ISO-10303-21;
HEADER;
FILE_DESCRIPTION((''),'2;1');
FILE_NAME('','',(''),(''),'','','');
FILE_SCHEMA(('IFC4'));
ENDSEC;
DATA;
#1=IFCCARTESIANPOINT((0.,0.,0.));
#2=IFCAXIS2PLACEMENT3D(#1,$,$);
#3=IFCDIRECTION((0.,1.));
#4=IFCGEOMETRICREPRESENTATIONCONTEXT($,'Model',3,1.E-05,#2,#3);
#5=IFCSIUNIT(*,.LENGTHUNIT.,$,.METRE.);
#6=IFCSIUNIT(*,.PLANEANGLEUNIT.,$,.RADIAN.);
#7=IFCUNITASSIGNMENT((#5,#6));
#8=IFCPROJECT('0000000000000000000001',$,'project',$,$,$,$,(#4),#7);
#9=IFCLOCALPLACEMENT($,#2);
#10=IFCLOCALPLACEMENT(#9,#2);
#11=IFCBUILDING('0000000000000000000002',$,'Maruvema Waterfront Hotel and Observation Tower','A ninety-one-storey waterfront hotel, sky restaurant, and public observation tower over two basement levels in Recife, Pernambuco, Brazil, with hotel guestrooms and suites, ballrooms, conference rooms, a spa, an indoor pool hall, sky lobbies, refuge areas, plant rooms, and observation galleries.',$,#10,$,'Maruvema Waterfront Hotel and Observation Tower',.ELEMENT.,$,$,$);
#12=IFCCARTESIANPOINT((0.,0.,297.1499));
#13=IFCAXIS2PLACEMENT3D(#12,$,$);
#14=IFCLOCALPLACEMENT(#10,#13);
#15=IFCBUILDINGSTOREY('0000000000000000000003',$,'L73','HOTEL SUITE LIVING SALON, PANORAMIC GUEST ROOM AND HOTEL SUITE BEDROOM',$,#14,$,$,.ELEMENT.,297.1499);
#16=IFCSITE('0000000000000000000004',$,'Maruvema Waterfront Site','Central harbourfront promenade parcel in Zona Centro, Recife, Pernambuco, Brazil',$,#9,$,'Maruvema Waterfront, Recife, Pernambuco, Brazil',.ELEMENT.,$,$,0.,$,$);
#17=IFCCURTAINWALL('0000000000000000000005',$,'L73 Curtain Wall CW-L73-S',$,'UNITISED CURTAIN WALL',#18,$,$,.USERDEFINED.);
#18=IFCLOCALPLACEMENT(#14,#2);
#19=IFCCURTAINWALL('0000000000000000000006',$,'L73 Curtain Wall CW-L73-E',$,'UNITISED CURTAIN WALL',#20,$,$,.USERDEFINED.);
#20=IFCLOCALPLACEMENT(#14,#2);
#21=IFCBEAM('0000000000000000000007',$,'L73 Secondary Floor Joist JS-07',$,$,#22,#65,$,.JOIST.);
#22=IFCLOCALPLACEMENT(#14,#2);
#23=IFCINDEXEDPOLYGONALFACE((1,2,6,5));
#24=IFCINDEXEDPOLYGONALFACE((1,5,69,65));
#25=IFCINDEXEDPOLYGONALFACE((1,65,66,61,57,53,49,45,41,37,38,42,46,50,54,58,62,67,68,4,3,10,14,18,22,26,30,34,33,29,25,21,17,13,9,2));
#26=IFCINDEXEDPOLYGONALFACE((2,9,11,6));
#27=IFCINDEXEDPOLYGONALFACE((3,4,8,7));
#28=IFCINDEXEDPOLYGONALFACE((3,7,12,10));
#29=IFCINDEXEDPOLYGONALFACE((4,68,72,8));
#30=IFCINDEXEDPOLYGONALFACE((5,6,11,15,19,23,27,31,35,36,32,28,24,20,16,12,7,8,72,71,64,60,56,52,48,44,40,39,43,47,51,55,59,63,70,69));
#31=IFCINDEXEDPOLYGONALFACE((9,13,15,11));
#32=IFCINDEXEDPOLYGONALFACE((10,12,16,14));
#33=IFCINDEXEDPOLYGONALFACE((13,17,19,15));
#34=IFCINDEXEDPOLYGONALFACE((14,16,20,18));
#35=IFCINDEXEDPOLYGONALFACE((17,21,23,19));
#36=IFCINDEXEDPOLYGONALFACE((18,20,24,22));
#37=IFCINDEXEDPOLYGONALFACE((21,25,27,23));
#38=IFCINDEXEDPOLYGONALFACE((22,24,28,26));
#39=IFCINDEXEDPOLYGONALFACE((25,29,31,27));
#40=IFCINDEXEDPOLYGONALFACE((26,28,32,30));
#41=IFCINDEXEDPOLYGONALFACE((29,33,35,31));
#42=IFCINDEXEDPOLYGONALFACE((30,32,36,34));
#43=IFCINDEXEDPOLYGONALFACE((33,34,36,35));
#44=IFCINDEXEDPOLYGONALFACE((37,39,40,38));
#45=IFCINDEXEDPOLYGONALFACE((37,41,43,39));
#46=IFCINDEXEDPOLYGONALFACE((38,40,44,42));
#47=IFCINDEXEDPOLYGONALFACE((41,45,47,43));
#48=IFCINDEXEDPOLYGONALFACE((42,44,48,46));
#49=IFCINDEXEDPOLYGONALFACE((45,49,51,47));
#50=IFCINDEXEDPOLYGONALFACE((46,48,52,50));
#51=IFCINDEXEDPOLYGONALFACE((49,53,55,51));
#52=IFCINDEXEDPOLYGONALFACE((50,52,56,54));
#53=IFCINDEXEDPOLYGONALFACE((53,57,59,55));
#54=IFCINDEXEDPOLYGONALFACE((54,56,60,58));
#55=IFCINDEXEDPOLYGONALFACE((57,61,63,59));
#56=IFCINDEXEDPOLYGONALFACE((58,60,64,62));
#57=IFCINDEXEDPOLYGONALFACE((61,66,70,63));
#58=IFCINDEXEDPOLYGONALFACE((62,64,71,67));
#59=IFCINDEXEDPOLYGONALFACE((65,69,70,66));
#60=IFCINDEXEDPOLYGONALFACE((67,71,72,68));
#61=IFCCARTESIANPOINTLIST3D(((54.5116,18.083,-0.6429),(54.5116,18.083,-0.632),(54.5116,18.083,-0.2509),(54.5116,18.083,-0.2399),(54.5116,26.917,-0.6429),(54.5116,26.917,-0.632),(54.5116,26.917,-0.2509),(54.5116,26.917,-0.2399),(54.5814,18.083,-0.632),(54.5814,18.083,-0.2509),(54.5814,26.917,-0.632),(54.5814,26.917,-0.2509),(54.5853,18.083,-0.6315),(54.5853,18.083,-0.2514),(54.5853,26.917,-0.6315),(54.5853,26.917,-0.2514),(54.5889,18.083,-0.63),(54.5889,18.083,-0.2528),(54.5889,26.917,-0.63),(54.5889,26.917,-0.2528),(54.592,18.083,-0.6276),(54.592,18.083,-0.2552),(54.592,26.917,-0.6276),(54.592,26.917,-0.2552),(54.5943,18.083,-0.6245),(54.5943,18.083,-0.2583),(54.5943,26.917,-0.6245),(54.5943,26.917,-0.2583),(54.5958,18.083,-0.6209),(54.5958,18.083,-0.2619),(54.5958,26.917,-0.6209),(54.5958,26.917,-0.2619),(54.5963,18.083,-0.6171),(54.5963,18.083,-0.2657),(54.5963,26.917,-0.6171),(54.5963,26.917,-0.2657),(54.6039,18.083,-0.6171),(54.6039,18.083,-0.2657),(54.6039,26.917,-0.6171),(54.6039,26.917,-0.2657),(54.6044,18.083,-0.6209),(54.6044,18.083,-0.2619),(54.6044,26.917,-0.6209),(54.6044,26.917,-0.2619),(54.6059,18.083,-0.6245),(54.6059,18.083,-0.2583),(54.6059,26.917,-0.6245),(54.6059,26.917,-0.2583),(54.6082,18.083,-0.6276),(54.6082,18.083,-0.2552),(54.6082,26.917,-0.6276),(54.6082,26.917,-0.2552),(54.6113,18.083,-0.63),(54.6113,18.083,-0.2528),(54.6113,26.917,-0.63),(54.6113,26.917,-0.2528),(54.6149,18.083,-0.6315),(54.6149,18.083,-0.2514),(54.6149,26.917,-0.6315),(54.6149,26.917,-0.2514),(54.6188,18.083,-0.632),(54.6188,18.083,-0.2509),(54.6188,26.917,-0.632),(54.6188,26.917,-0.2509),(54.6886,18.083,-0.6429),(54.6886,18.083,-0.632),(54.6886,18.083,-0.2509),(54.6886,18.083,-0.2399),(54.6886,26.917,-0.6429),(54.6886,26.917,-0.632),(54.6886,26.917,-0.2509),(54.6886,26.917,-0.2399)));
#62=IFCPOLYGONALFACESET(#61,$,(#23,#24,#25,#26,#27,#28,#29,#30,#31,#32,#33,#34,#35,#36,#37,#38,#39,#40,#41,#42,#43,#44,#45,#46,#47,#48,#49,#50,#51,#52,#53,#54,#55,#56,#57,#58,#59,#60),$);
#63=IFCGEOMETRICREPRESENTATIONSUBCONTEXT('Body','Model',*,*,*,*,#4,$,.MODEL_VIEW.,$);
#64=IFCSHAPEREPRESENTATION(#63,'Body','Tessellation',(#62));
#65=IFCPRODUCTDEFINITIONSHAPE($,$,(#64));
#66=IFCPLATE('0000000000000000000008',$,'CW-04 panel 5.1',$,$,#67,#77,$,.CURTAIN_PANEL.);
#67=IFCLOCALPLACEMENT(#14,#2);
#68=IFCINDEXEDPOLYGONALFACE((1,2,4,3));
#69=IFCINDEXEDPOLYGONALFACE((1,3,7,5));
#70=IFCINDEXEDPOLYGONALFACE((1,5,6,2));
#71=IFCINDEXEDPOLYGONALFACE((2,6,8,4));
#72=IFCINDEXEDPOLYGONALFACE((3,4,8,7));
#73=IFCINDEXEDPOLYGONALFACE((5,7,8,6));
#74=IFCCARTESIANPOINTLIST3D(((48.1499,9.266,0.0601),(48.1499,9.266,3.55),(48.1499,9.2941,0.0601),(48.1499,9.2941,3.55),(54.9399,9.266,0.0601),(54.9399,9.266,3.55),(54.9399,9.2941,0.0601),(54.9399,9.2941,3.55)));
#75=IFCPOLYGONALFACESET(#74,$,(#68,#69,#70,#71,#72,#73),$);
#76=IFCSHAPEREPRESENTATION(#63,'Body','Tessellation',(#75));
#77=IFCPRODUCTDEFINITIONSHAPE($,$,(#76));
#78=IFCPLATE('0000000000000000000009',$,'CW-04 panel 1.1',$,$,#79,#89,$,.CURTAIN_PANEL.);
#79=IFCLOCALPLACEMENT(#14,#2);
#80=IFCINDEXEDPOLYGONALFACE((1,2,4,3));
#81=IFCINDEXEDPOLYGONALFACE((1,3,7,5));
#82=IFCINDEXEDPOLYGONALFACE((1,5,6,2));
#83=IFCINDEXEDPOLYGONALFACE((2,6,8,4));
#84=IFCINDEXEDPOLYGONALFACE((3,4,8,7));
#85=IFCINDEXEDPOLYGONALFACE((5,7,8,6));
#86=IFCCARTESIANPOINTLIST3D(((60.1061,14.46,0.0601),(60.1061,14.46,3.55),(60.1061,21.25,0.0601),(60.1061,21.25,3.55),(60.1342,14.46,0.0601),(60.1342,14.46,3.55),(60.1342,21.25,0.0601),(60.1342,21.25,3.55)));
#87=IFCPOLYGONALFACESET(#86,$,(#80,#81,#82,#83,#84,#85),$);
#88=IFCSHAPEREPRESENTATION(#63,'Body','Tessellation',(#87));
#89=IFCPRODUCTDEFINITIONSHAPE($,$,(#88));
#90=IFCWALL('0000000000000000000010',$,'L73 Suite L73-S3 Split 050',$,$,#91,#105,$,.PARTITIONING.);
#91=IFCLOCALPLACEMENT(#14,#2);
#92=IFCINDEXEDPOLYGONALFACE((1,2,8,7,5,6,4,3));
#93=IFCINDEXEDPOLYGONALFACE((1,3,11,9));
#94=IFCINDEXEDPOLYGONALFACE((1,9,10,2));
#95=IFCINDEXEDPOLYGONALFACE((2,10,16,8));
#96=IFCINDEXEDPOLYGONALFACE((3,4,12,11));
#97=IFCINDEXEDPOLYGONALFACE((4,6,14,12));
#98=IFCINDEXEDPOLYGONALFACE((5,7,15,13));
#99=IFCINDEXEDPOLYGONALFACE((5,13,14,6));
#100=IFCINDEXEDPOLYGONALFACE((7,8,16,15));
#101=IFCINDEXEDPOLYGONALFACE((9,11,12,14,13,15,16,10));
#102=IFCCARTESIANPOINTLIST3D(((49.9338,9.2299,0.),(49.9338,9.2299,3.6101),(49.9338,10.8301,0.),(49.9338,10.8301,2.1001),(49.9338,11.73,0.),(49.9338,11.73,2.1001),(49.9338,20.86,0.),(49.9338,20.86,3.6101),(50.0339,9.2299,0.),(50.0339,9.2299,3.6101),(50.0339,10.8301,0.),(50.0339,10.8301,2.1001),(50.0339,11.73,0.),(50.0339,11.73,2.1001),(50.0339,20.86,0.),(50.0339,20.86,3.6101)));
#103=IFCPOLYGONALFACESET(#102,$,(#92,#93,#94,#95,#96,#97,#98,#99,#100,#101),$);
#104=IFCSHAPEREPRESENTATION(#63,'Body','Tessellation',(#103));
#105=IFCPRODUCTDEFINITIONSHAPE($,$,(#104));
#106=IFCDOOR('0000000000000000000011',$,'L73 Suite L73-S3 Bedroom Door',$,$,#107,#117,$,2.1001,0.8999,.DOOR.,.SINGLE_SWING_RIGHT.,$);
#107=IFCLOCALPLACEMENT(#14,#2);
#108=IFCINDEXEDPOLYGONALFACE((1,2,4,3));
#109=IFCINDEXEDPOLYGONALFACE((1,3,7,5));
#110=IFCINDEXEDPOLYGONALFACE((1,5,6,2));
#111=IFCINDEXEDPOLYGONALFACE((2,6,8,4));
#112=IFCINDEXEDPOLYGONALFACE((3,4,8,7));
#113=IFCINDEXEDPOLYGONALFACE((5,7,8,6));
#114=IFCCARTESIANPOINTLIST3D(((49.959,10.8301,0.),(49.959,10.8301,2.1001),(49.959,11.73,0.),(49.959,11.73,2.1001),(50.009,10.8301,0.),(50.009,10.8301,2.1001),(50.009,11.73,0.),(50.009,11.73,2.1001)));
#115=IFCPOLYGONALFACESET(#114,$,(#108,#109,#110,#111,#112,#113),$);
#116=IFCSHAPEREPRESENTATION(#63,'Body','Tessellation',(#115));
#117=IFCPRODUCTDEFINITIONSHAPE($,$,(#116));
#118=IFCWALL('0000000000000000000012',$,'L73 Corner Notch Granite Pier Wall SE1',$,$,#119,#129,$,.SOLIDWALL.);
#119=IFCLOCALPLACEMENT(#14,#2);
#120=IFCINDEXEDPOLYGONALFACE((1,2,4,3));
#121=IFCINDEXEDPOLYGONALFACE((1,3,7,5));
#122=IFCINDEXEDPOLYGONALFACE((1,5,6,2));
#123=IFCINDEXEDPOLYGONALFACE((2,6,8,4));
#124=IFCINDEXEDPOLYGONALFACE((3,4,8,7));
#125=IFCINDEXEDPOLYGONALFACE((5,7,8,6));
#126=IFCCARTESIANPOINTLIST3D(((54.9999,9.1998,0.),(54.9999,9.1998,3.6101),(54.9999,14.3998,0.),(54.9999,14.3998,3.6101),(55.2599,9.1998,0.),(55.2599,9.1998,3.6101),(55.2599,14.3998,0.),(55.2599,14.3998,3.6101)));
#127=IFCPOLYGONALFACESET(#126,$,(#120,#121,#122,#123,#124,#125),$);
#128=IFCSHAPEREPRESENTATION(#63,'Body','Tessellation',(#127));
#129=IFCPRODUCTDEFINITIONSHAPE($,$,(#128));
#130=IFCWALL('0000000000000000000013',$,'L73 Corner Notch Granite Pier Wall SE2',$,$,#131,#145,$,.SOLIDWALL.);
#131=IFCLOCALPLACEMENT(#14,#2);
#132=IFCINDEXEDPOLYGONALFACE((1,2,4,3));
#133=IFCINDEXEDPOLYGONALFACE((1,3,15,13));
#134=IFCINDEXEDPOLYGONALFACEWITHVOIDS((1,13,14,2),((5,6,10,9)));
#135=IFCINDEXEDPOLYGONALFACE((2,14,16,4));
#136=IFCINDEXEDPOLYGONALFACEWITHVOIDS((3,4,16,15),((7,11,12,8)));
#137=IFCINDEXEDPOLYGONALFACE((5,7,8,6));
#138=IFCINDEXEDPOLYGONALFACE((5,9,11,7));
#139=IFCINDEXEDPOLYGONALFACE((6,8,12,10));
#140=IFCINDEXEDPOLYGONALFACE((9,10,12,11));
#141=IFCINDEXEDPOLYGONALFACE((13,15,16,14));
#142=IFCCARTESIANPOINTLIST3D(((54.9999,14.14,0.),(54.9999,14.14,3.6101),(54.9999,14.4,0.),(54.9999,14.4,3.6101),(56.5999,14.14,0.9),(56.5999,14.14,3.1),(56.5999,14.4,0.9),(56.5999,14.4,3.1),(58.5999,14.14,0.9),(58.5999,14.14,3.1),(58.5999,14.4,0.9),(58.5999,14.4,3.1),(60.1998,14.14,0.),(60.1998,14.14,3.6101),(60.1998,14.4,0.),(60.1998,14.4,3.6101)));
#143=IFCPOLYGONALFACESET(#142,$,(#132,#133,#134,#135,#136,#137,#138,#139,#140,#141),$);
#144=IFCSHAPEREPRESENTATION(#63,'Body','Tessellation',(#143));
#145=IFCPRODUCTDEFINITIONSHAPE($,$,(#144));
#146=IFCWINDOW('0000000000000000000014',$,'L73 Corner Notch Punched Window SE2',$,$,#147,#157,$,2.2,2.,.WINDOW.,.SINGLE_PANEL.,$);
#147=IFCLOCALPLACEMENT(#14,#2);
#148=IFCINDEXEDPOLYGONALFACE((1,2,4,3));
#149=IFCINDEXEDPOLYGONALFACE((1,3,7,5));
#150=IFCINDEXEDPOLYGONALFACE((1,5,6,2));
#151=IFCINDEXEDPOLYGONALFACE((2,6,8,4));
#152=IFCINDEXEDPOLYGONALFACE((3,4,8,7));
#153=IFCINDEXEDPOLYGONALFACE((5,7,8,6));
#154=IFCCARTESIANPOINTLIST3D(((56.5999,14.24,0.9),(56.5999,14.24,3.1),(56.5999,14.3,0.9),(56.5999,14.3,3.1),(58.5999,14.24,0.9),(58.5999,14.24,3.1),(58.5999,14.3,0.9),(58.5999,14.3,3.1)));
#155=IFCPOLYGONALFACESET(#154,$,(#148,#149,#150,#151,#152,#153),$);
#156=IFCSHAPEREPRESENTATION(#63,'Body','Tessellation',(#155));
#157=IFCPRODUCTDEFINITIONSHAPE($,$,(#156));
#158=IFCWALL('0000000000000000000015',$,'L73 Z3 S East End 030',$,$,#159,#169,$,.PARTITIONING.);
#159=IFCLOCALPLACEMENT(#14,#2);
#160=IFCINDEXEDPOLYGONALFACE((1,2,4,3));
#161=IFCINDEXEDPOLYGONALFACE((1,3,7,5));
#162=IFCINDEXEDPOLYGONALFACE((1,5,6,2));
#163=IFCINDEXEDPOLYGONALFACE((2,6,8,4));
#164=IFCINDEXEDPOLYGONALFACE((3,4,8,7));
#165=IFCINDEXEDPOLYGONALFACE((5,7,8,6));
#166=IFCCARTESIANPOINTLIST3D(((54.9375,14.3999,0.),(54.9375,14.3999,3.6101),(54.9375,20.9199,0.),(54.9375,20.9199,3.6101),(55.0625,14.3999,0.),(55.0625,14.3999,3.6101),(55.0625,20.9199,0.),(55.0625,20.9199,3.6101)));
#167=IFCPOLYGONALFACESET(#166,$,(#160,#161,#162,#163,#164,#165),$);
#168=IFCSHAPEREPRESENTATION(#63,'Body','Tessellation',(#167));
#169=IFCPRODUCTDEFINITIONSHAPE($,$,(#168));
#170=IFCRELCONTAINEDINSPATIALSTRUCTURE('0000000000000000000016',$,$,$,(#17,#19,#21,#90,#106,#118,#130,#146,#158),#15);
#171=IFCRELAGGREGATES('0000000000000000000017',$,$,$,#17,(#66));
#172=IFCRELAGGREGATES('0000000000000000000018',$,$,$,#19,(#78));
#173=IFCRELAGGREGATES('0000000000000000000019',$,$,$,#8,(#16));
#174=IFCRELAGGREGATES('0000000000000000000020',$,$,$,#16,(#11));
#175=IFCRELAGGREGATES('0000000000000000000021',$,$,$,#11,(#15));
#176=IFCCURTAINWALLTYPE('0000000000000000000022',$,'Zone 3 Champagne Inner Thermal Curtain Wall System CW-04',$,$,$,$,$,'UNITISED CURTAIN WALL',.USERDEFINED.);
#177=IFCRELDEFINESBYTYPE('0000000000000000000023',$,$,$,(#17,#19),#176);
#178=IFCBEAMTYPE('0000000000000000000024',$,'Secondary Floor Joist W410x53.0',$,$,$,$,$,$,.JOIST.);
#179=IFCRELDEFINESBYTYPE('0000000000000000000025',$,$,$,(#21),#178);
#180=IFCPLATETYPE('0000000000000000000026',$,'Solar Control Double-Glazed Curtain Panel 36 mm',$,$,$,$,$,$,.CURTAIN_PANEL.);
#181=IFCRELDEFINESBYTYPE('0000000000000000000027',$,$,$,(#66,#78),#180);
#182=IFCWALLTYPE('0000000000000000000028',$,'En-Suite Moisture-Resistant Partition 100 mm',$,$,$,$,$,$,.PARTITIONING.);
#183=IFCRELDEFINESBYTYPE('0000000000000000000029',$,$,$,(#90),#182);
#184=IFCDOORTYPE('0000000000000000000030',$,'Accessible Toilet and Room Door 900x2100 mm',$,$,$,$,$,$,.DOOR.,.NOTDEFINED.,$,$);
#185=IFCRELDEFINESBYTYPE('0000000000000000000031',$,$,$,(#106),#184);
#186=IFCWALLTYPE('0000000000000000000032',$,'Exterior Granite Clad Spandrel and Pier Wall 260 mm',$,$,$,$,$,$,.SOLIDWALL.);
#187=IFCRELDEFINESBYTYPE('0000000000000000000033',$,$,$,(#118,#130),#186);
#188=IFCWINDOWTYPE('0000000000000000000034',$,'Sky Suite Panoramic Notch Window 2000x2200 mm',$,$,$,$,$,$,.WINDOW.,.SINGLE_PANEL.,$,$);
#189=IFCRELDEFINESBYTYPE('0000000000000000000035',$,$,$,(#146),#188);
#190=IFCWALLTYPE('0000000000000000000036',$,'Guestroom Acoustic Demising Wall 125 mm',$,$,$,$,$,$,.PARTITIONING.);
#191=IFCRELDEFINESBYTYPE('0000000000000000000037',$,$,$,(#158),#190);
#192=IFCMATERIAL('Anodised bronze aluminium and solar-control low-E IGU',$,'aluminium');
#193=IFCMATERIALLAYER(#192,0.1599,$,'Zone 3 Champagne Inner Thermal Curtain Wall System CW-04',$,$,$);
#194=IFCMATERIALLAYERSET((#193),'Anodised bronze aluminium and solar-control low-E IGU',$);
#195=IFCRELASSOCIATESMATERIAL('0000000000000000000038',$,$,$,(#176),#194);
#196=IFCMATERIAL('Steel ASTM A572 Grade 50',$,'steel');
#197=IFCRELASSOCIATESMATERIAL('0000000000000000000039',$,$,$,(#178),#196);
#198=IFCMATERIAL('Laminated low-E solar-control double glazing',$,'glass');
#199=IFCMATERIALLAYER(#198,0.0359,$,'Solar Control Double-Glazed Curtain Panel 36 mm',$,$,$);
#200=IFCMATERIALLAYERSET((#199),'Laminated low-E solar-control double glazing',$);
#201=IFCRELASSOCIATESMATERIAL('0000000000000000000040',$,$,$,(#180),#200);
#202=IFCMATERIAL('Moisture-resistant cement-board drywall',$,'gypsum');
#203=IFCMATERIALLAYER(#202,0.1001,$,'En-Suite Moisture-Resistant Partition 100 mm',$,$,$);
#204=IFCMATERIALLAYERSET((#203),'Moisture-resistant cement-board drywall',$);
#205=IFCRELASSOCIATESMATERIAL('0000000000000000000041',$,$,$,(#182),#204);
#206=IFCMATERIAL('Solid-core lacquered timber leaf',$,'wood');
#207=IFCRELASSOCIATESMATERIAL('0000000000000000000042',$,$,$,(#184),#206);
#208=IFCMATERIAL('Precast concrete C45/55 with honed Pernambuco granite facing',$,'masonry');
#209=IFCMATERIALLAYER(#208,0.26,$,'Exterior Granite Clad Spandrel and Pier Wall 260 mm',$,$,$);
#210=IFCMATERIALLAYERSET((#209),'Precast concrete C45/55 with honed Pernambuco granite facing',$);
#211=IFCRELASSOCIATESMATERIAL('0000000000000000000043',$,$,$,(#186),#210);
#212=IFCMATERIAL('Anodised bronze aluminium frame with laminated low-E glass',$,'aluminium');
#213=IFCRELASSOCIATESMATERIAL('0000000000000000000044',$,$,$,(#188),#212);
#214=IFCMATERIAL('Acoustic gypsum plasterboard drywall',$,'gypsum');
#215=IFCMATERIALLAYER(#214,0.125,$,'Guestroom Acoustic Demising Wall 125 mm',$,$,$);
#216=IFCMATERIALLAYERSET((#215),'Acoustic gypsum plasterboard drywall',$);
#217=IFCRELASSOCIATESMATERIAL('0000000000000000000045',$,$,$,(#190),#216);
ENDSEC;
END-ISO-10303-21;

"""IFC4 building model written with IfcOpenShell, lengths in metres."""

from ifc_helpers import new_model, si_unit, direction, frame, frame_2d, origin, origin_2d, place, context, subcontext, project, spatial, rectangle, i_section, extrude, material, layer, layer_set, material_profile, profile_set, type_object, element, fill, aggregate, save


model = new_model("IFC4")

# Units and contexts
model_context = context("Model", 3, precision=1e-05, world=origin(), true_north=direction((0.0, 1.0)))
body_context = subcontext(model_context, "Body", "Model", "MODEL_VIEW")
ifc_project = project(units=[si_unit("LENGTHUNIT", "METRE"), si_unit("PLANEANGLEUNIT", "RADIAN")], contexts=[model_context])

# Site, building, storey
site_placement = place(None, origin())
site = spatial("IfcSite", under=ifc_project, at=site_placement, Name="Maruvema Waterfront Site", Description="Central harbourfront promenade parcel in Zona Centro, Recife, Pernambuco, Brazil", LongName="Maruvema Waterfront, Recife, Pernambuco, Brazil", CompositionType="ELEMENT", RefElevation=0.0)
building_placement = place(site_placement, origin())
building = spatial("IfcBuilding", under=site, at=building_placement, Name="Maruvema Waterfront Hotel and Observation Tower", Description="A ninety-one-storey waterfront hotel, sky restaurant, and public observation tower over two basement levels in Recife, Pernambuco, Brazil, with hotel guestrooms and suites, ballrooms, conference rooms, a spa, an indoor pool hall, sky lobbies, refuge areas, plant rooms, and observation galleries.", LongName="Maruvema Waterfront Hotel and Observation Tower", CompositionType="ELEMENT")
storey_placement = place(building_placement, frame((0.0, 0.0, 297.1499)))
storey = spatial("IfcBuildingStorey", under=building, at=storey_placement, Name="L73", Description="HOTEL SUITE LIVING SALON, PANORAMIC GUEST ROOM AND HOTEL SUITE BEDROOM", CompositionType="ELEMENT", Elevation=297.1499)

# Curtain walls
ifc_material_1 = material(Name="Anodised bronze aluminium and solar-control low-E IGU", Category="aluminium")
ifc_layer_1 = layer(ifc_material_1, 0.1599, Name="Zone 3 Champagne Inner Thermal Curtain Wall System CW-04")
ifc_layer_set_1 = layer_set([ifc_layer_1], Name="Anodised bronze aluminium and solar-control low-E IGU")
curtain_wall_type = type_object("IfcCurtainWallType", Name="Zone 3 Champagne Inner Thermal Curtain Wall System CW-04", ElementType="UNITISED CURTAIN WALL", PredefinedType="USERDEFINED", material=ifc_layer_set_1)
curtain_wall_1_placement = place(storey_placement, origin())
curtain_wall_1 = element("IfcCurtainWall", 1, at=curtain_wall_1_placement, inside=storey, type_object=curtain_wall_type, Name="L73 Curtain Wall CW-L73-S", ObjectType="UNITISED CURTAIN WALL", PredefinedType="USERDEFINED")
curtain_wall_2_placement = place(storey_placement, origin())
curtain_wall_2 = element("IfcCurtainWall", 2, at=curtain_wall_2_placement, inside=storey, type_object=curtain_wall_type, Name="L73 Curtain Wall CW-L73-E", ObjectType="UNITISED CURTAIN WALL", PredefinedType="USERDEFINED")

# Beam
ifc_material_2 = material(Name="Steel ASTM A572 Grade 50", Category="steel")
ifc_material_profile_1 = material_profile(ifc_material_2, i_section(OverallWidth=0.177, OverallDepth=0.4031, WebThickness=0.0076, FlangeThickness=0.011, FilletRadius=0.0149, at=origin_2d()), Name="W410x53.0")
ifc_profile_set_1 = profile_set([ifc_material_profile_1], Name="Steel ASTM A572 Grade 50")
beam_type_1 = type_object("IfcBeamType", Name="Secondary Floor Joist W410x53.0", PredefinedType="JOIST", material=ifc_profile_set_1)
beam_1_placement = place(storey_placement, frame((54.6001, 18.083, -0.4414), z_axis=(0.0, 1.0, 0.0), x_axis=(-1.0, 0.0, 0.0)))
element("IfcBeam", 3, at=beam_1_placement, inside=storey, type_object=beam_type_1, Name="L73 Secondary Floor Joist JS-07", PredefinedType="JOIST", context=body_context, shape_type="SweptSolid", body=[
    extrude(i_section(OverallWidth=0.177, OverallDepth=0.4031, WebThickness=0.0076, FlangeThickness=0.011, FilletRadius=0.0149, at=origin_2d()), origin(), (0.0, 0.0, 1.0), 8.834),
])

# Plates
ifc_material_3 = material(Name="Laminated low-E solar-control double glazing", Category="glass")
ifc_layer_2 = layer(ifc_material_3, 0.0359, Name="Solar Control Double-Glazed Curtain Panel 36 mm")
ifc_layer_set_2 = layer_set([ifc_layer_2], Name="Laminated low-E solar-control double glazing")
plate_type = type_object("IfcPlateType", Name="Solar Control Double-Glazed Curtain Panel 36 mm", PredefinedType="CURTAIN_PANEL", material=ifc_layer_set_2)
plate_1_placement = place(storey_placement, frame((51.5449, 9.28, 0.0601), z_axis=(0.0, 0.0, 1.0), x_axis=(1.0, 0.0, 0.0)))
plate_1 = element("IfcPlate", 4, at=plate_1_placement, type_object=plate_type, Name="CW-04 panel 5.1", PredefinedType="CURTAIN_PANEL", context=body_context, shape_type="SweptSolid", body=[
    extrude(rectangle(XDim=6.79, YDim=0.0281, at=origin_2d()), origin(), (0.0, 0.0, 1.0), 3.49),
])
aggregate(curtain_wall_1, [plate_1])
plate_2_placement = place(storey_placement, frame((60.1201, 17.855, 0.0601), z_axis=(0.0, 0.0, 1.0), x_axis=(0.0, 1.0, 0.0)))
plate_2 = element("IfcPlate", 5, at=plate_2_placement, type_object=plate_type, Name="CW-04 panel 1.1", PredefinedType="CURTAIN_PANEL", context=body_context, shape_type="SweptSolid", body=[
    extrude(rectangle(XDim=6.79, YDim=0.0281, at=origin_2d()), origin(), (0.0, 0.0, 1.0), 3.49),
])
aggregate(curtain_wall_2, [plate_2])

# Wall, opening, door
ifc_material_4 = material(Name="Moisture-resistant cement-board drywall", Category="gypsum")
ifc_layer_3 = layer(ifc_material_4, 0.1001, Name="En-Suite Moisture-Resistant Partition 100 mm")
ifc_layer_set_3 = layer_set([ifc_layer_3], Name="Moisture-resistant cement-board drywall")
wall_type_1 = type_object("IfcWallType", Name="En-Suite Moisture-Resistant Partition 100 mm", PredefinedType="PARTITIONING", material=ifc_layer_set_3)
wall_1_placement = place(storey_placement, frame((49.9839, 9.23, 0.0), z_axis=(0.0, 0.0, 1.0), x_axis=(0.0, 1.0, 0.0)))
wall_1 = element("IfcWall", 6, at=wall_1_placement, inside=storey, type_object=wall_type_1, Name="L73 Suite L73-S3 Split 050", PredefinedType="PARTITIONING", context=body_context, shape_type="SweptSolid", body=[
    extrude(rectangle(XDim=11.6301, YDim=0.1001, at=frame_2d((5.8149, 0.0))), origin(), (0.0, 0.0, 1.0), 3.6101),
])
opening_1_placement = place(wall_1_placement, frame((1.6001, 0.0, 0.0)))
opening_1 = element("IfcOpeningElement", 7, at=opening_1_placement, cuts=wall_1, PredefinedType="OPENING", context=body_context, shape_type="SweptSolid", body=[
    extrude(rectangle(XDim=0.8999, YDim=2.1001, at=frame_2d((0.45, 1.05))), frame((0.0, 0.0601, 0.0), z_axis=(0.0, -1.0, 0.0), x_axis=(1.0, 0.0, 0.0)), (0.0, 0.0, 1.0), 0.1201),
])
ifc_material_5 = material(Name="Solid-core lacquered timber leaf", Category="wood")
door_type = type_object("IfcDoorType", Name="Accessible Toilet and Room Door 900x2100 mm", OperationType="NOTDEFINED", PredefinedType="DOOR", material=ifc_material_5)
door_placement = place(opening_1_placement, origin())
door = element("IfcDoor", 8, at=door_placement, inside=storey, type_object=door_type, Name="L73 Suite L73-S3 Bedroom Door", OperationType="SINGLE_SWING_RIGHT", OverallHeight=2.1001, OverallWidth=0.8999, PredefinedType="DOOR", context=body_context, shape_type="SweptSolid", body=[
    extrude(rectangle(XDim=0.8999, YDim=2.1001, at=frame_2d((0.45, 1.05))), frame((0.0, 0.0249, 0.0), z_axis=(0.0, -1.0, 0.0), x_axis=(1.0, 0.0, 0.0)), (0.0, 0.0, 1.0), 0.05),
])
fill(opening_1, door)

# Wall
ifc_material_6 = material(Name="Precast concrete C45/55 with honed Pernambuco granite facing", Category="masonry")
ifc_layer_4 = layer(ifc_material_6, 0.26, Name="Exterior Granite Clad Spandrel and Pier Wall 260 mm")
ifc_layer_set_4 = layer_set([ifc_layer_4], Name="Precast concrete C45/55 with honed Pernambuco granite facing")
wall_type_2 = type_object("IfcWallType", Name="Exterior Granite Clad Spandrel and Pier Wall 260 mm", PredefinedType="SOLIDWALL", material=ifc_layer_set_4)
wall_2_placement = place(storey_placement, frame((55.1299, 14.3999, 0.0), z_axis=(0.0, 0.0, 1.0), x_axis=(0.0, -1.0, 0.0)))
element("IfcWall", 9, at=wall_2_placement, inside=storey, type_object=wall_type_2, Name="L73 Corner Notch Granite Pier Wall SE1", PredefinedType="SOLIDWALL", context=body_context, shape_type="SweptSolid", body=[
    extrude(rectangle(XDim=5.2, YDim=0.26, at=frame_2d((2.6001, 0.0))), origin(), (0.0, 0.0, 1.0), 3.6101),
])

# Wall, opening, window
wall_3_placement = place(storey_placement, frame((60.2, 14.27, 0.0), z_axis=(0.0, 0.0, 1.0), x_axis=(-1.0, 0.0, 0.0)))
wall_3 = element("IfcWall", 10, at=wall_3_placement, inside=storey, type_object=wall_type_2, Name="L73 Corner Notch Granite Pier Wall SE2", PredefinedType="SOLIDWALL", context=body_context, shape_type="SweptSolid", body=[
    extrude(rectangle(XDim=5.2, YDim=0.26, at=frame_2d((2.6001, 0.0))), origin(), (0.0, 0.0, 1.0), 3.6101),
])
opening_2_placement = place(wall_3_placement, frame((1.6001, 0.0, 0.8999)))
opening_2 = element("IfcOpeningElement", 11, at=opening_2_placement, cuts=wall_3, PredefinedType="OPENING", context=body_context, shape_type="SweptSolid", body=[
    extrude(rectangle(XDim=2.0, YDim=2.2, at=frame_2d((1.0, 1.1001))), frame((0.0, 0.1401, 0.0), z_axis=(0.0, -1.0, 0.0), x_axis=(1.0, 0.0, 0.0)), (0.0, 0.0, 1.0), 0.28),
])
ifc_material_7 = material(Name="Anodised bronze aluminium frame with laminated low-E glass", Category="aluminium")
window_type = type_object("IfcWindowType", Name="Sky Suite Panoramic Notch Window 2000x2200 mm", PartitioningType="SINGLE_PANEL", PredefinedType="WINDOW", material=ifc_material_7)
window_placement = place(opening_2_placement, origin())
window = element("IfcWindow", 12, at=window_placement, inside=storey, type_object=window_type, Name="L73 Corner Notch Punched Window SE2", OverallHeight=2.2, OverallWidth=2.0, PartitioningType="SINGLE_PANEL", PredefinedType="WINDOW", context=body_context, shape_type="SweptSolid", body=[
    extrude(rectangle(XDim=2.0, YDim=2.2, at=frame_2d((1.0, 1.1001))), frame((0.0, 0.03, 0.0), z_axis=(0.0, -1.0, 0.0), x_axis=(1.0, 0.0, 0.0)), (0.0, 0.0, 1.0), 0.0601),
])
fill(opening_2, window)

# Wall
ifc_material_8 = material(Name="Acoustic gypsum plasterboard drywall", Category="gypsum")
ifc_layer_5 = layer(ifc_material_8, 0.125, Name="Guestroom Acoustic Demising Wall 125 mm")
ifc_layer_set_5 = layer_set([ifc_layer_5], Name="Acoustic gypsum plasterboard drywall")
wall_type_3 = type_object("IfcWallType", Name="Guestroom Acoustic Demising Wall 125 mm", PredefinedType="PARTITIONING", material=ifc_layer_set_5)
wall_4_placement = place(storey_placement, frame((55.0, 14.3999, 0.0), z_axis=(0.0, 0.0, 1.0), x_axis=(0.0, 1.0, 0.0)))
element("IfcWall", 13, at=wall_4_placement, inside=storey, type_object=wall_type_3, Name="L73 Z3 S East End 030", PredefinedType="PARTITIONING", context=body_context, shape_type="SweptSolid", body=[
    extrude(rectangle(XDim=6.52, YDim=0.125, at=frame_2d((3.26, 0.0))), origin(), (0.0, 0.0, 1.0), 3.6101),
])

save(model, "model.ifc")
